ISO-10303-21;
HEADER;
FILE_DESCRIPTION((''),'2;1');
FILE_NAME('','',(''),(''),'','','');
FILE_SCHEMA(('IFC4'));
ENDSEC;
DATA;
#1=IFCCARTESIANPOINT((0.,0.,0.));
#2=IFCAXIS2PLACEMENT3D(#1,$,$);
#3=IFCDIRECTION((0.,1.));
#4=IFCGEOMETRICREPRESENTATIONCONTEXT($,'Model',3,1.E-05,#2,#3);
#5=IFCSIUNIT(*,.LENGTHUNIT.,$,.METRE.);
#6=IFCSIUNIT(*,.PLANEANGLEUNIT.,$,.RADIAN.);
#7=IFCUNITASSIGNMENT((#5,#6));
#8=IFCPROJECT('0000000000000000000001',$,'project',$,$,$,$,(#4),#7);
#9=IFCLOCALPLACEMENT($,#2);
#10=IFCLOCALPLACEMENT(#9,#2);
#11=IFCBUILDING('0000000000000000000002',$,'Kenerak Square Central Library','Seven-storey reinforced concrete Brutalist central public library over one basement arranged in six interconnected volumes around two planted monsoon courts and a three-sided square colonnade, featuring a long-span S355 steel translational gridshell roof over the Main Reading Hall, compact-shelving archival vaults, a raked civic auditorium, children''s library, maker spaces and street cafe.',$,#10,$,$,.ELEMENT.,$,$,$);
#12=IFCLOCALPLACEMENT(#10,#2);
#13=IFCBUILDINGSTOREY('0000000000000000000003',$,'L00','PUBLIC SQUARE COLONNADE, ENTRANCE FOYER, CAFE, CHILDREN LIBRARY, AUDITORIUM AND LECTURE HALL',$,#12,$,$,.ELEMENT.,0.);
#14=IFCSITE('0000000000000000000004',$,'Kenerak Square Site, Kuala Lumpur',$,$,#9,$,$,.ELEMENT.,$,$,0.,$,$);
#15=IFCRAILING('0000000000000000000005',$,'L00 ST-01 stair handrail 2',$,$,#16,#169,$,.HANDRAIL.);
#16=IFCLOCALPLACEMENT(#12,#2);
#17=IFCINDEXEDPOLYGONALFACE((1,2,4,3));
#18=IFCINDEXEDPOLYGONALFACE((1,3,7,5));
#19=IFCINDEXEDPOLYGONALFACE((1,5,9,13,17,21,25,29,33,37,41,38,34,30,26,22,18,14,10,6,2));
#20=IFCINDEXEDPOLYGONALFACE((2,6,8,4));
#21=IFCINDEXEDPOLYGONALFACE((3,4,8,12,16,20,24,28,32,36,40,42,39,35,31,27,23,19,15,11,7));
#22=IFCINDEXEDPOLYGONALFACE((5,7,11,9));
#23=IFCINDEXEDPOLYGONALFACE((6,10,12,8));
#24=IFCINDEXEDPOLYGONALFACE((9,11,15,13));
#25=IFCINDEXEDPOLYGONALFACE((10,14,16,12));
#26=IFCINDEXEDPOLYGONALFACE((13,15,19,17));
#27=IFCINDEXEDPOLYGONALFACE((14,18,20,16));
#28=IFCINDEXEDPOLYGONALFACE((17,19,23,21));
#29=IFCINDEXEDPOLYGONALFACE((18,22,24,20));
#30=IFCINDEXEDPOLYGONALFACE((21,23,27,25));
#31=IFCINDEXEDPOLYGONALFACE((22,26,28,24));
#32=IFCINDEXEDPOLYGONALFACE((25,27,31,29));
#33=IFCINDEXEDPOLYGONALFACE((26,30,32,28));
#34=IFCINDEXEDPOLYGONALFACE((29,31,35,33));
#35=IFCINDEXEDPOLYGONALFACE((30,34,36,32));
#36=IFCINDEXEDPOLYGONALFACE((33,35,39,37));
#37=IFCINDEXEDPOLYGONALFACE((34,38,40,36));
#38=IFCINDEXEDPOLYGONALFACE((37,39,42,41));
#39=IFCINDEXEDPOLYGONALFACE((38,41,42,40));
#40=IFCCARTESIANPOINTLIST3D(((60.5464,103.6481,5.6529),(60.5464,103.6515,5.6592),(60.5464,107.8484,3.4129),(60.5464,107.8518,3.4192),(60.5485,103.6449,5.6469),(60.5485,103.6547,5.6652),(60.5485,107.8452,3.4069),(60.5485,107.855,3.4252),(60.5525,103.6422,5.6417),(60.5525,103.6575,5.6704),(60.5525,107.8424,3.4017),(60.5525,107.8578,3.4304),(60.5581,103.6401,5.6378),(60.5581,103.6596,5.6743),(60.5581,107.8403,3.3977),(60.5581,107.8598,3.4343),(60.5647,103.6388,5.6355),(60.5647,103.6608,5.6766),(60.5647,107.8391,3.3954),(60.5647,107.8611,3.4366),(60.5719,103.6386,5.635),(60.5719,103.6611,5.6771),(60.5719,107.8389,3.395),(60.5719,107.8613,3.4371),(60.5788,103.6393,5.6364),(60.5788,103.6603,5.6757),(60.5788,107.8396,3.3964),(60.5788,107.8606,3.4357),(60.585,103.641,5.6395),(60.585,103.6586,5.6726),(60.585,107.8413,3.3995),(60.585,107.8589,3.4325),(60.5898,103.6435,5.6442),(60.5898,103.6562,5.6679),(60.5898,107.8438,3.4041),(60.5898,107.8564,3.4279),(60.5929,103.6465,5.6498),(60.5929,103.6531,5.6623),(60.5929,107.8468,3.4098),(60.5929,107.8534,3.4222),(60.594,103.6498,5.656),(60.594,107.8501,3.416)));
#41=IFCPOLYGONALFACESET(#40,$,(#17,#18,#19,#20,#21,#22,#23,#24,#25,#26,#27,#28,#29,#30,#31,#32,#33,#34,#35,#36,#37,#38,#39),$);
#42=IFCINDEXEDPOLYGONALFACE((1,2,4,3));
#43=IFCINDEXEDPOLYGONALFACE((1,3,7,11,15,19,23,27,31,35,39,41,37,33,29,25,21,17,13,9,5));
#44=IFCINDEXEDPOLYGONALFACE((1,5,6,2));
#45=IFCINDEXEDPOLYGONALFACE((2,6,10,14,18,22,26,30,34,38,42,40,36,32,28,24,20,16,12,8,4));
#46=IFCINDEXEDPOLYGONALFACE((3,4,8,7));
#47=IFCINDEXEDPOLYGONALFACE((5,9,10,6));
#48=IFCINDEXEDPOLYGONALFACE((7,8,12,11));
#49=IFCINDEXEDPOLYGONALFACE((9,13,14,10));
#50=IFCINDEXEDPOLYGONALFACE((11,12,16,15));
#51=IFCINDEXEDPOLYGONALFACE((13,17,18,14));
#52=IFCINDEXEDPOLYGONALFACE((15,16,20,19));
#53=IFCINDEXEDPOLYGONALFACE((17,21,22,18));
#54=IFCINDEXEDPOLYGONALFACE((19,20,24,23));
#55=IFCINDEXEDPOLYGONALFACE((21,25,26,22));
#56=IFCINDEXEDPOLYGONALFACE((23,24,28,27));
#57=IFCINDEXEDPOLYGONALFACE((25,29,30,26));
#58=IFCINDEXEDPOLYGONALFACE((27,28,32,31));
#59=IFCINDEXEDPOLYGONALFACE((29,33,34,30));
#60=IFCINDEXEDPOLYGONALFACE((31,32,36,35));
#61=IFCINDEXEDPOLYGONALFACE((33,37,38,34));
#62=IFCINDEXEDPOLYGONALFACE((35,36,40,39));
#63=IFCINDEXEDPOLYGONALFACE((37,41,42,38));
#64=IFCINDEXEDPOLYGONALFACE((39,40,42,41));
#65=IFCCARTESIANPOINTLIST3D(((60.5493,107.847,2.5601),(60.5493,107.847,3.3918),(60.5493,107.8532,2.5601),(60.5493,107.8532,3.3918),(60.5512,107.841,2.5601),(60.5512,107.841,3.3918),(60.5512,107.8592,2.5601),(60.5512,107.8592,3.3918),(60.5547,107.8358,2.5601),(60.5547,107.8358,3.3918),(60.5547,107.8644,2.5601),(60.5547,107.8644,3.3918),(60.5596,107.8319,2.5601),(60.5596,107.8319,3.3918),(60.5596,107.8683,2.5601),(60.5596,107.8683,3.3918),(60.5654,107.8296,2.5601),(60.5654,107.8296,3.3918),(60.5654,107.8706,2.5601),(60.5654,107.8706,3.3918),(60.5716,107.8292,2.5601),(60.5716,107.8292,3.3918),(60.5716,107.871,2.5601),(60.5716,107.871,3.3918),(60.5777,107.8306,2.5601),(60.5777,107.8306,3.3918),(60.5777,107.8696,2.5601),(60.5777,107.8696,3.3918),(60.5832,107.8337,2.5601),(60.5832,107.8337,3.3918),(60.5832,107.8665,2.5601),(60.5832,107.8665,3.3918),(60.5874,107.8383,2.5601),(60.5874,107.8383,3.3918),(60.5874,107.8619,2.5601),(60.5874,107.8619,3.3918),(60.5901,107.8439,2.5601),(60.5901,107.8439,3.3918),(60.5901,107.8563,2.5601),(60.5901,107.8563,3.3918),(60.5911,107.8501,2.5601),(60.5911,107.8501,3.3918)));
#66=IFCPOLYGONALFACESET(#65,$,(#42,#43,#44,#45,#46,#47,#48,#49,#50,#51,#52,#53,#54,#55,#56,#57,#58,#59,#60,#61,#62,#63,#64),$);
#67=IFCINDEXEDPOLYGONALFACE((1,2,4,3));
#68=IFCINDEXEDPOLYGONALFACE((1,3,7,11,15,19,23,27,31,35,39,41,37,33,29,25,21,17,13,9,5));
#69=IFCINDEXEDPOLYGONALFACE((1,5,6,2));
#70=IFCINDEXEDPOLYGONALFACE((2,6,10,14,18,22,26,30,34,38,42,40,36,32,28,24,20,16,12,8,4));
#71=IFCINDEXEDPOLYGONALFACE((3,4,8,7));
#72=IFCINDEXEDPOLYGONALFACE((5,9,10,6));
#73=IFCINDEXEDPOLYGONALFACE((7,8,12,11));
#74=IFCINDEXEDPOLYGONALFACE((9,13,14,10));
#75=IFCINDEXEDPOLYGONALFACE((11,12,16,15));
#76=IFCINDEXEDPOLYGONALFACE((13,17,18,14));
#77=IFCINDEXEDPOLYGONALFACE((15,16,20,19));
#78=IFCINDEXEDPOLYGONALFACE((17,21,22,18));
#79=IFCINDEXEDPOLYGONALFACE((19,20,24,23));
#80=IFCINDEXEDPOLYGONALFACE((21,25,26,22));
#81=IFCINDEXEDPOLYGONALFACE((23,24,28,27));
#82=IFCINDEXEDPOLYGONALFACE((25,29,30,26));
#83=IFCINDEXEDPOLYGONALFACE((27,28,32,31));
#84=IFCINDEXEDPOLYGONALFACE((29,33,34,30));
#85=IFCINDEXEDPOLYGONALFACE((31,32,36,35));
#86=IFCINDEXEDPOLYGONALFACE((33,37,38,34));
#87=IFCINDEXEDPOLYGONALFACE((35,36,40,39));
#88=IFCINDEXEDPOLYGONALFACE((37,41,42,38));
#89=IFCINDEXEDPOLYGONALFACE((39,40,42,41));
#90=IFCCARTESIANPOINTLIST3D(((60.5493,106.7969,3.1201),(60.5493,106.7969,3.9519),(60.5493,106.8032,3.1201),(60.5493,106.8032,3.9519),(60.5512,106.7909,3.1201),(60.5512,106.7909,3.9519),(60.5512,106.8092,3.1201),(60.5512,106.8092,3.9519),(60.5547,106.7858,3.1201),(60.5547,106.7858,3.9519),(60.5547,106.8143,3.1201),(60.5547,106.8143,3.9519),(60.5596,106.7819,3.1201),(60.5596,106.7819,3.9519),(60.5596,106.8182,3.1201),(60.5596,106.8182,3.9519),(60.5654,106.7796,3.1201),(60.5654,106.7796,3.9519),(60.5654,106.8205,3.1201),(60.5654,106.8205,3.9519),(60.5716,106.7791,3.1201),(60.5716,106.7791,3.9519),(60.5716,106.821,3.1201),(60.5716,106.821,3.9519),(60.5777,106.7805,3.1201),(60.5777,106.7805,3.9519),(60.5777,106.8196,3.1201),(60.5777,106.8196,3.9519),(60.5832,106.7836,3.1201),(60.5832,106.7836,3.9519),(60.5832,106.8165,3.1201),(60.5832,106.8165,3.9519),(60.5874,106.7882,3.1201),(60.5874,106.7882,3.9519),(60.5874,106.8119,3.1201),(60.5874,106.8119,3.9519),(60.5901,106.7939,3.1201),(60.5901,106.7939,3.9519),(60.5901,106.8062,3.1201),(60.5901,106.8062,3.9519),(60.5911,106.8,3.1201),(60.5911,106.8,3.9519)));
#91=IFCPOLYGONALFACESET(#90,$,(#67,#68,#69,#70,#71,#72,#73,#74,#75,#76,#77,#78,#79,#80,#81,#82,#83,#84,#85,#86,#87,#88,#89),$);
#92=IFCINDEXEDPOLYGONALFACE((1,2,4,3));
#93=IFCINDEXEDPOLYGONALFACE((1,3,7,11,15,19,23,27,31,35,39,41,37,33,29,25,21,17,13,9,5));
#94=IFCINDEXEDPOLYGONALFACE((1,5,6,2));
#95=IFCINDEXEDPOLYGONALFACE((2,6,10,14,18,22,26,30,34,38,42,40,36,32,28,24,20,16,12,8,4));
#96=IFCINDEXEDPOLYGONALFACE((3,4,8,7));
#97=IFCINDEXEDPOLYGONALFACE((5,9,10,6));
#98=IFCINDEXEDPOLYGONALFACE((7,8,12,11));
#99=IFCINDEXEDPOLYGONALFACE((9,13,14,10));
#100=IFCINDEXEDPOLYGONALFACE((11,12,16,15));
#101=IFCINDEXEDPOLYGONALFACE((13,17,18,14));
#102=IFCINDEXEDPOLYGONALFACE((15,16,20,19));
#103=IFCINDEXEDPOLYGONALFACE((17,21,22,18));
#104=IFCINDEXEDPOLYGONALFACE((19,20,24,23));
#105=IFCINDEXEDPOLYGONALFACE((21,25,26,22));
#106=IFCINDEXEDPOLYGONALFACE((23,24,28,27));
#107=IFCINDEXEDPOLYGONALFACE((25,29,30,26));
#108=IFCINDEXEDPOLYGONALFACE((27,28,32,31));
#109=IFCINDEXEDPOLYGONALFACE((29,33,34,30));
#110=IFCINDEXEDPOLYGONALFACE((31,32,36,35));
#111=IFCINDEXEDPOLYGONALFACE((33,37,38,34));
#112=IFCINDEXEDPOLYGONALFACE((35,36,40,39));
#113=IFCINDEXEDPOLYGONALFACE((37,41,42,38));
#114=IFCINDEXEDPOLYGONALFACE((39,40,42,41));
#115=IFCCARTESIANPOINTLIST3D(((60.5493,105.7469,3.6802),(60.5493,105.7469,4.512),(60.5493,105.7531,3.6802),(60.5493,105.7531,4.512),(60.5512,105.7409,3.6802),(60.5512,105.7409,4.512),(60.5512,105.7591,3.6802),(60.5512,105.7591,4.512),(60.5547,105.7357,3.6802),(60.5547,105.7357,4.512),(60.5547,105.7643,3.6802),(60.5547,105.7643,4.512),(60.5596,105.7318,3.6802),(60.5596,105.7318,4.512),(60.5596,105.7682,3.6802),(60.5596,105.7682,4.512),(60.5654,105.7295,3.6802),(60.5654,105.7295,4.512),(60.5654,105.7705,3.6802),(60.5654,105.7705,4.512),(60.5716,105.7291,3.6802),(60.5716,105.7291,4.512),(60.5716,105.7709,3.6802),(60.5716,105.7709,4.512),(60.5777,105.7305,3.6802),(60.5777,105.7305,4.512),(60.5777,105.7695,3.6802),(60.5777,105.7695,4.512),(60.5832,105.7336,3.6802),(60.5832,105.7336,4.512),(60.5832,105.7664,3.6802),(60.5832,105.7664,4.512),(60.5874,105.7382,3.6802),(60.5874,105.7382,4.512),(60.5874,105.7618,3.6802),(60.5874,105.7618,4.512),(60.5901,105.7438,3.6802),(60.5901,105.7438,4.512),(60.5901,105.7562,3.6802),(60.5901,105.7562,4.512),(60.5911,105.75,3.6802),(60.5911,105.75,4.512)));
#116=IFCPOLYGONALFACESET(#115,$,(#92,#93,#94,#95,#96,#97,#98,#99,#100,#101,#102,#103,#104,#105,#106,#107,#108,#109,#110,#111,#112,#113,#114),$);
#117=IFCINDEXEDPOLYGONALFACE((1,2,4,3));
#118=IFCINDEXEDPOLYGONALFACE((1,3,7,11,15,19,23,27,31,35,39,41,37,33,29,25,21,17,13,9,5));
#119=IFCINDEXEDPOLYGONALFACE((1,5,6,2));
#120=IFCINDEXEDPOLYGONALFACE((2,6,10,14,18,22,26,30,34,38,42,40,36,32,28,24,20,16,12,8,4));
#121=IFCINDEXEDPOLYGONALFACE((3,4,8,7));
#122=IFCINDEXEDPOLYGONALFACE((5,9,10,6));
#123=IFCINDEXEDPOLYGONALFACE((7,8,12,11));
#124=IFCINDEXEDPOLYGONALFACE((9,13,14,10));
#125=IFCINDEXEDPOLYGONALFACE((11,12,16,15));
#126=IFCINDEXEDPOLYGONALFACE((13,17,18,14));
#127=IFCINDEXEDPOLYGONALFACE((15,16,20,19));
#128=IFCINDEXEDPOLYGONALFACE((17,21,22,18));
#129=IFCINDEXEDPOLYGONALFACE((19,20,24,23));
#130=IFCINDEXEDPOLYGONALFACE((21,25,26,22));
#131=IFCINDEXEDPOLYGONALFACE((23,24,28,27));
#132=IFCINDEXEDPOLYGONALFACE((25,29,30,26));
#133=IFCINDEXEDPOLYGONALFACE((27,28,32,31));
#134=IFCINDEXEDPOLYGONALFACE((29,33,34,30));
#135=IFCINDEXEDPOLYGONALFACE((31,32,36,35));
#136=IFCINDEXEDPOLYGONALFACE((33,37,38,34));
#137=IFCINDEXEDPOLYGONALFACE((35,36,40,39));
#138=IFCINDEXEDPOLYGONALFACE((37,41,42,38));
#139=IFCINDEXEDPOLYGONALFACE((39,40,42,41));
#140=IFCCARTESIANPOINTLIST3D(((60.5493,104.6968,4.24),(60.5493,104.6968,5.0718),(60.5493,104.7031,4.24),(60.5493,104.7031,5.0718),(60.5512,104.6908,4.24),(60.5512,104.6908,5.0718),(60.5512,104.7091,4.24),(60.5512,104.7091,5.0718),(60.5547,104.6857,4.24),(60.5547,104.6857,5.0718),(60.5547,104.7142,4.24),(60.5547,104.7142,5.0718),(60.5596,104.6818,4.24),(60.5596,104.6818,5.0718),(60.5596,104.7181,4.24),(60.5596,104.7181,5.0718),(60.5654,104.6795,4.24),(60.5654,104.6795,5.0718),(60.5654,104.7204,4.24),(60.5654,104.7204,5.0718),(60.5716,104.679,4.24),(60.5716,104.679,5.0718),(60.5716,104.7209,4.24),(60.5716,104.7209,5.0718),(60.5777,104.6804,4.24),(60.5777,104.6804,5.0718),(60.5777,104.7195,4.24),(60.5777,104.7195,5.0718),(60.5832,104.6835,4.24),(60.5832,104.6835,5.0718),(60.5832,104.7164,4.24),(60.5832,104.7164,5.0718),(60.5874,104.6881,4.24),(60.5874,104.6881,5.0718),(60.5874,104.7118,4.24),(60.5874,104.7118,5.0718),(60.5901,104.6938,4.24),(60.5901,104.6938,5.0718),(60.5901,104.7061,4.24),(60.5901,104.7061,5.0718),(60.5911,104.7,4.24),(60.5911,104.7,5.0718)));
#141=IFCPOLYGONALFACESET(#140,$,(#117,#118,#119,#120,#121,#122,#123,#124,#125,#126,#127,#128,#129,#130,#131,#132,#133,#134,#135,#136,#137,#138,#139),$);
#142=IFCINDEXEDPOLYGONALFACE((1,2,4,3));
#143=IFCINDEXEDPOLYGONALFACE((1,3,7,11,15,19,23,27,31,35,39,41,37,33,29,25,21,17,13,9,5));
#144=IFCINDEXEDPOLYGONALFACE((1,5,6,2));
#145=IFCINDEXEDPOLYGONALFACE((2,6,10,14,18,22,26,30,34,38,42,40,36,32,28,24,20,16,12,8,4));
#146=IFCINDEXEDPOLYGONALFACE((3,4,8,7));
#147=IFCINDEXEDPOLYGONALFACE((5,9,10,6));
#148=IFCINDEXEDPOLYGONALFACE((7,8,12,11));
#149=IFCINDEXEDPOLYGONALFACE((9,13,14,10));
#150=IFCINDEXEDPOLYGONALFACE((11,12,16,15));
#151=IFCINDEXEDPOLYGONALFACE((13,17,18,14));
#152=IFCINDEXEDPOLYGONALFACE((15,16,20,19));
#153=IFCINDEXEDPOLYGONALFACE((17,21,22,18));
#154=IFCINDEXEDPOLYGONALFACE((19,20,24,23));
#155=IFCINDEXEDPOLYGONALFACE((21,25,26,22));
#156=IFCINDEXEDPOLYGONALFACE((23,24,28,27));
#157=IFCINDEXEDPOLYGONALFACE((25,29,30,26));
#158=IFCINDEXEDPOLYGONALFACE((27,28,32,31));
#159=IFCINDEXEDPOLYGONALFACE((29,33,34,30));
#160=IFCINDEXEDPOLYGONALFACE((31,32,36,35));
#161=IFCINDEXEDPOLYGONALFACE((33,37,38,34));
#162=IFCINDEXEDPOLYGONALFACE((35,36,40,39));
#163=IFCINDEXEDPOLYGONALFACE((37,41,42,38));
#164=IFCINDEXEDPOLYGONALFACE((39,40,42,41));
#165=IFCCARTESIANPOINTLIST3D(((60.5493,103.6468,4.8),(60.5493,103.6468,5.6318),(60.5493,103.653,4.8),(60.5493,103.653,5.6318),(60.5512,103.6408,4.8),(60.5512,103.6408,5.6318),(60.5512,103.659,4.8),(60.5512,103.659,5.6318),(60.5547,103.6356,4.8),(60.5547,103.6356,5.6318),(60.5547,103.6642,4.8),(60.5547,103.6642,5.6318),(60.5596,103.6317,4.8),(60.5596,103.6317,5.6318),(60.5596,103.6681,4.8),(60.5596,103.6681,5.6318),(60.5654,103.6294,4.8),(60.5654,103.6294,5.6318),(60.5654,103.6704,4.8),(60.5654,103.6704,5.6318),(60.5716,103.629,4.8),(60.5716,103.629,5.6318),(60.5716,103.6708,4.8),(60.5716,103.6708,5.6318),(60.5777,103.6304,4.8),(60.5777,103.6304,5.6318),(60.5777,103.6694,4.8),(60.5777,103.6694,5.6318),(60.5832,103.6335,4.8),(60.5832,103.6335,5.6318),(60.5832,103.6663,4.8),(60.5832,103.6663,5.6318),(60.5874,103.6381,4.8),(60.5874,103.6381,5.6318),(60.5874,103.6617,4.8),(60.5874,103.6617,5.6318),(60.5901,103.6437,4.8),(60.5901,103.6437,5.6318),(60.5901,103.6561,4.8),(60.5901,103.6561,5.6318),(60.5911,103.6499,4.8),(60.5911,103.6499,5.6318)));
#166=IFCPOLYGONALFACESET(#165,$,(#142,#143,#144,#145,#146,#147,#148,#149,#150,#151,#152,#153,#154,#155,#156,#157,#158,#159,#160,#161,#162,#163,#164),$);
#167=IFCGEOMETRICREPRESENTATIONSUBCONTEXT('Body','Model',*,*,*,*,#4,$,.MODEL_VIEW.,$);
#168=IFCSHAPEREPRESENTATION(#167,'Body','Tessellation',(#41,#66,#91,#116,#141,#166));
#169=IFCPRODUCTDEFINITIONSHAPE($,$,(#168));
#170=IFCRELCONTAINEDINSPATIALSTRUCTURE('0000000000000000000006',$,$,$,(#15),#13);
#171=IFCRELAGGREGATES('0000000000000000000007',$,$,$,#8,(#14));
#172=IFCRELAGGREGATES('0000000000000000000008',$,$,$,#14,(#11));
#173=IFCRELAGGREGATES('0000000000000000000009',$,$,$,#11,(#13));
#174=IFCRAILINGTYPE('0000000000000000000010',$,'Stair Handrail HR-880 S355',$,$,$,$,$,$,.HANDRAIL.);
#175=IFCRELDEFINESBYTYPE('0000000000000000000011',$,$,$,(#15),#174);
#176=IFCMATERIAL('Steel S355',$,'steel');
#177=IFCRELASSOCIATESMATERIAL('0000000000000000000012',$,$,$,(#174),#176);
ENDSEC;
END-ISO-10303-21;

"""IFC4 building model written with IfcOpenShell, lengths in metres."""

from ifc_helpers import new_model, si_unit, direction, frame, origin, origin_2d, place, context, subcontext, project, spatial, circle, extrude, material, type_object, element, save


model = new_model("IFC4")

# Units and contexts
model_context = context("Model", 3, precision=1e-05, world=origin(), true_north=direction((0.0, 1.0)))
body_context = subcontext(model_context, "Body", "Model", "MODEL_VIEW")
ifc_project = project(units=[si_unit("LENGTHUNIT", "METRE"), si_unit("PLANEANGLEUNIT", "RADIAN")], contexts=[model_context])

# Site, building, storey
site_placement = place(None, origin())
site = spatial("IfcSite", under=ifc_project, at=site_placement, Name="Kenerak Square Site, Kuala Lumpur", CompositionType="ELEMENT", RefElevation=0.0)
building_placement = place(site_placement, origin())
building = spatial("IfcBuilding", under=site, at=building_placement, Name="Kenerak Square Central Library", Description="Seven-storey reinforced concrete Brutalist central public library over one basement arranged in six interconnected volumes around two planted monsoon courts and a three-sided square colonnade, featuring a long-span S355 steel translational gridshell roof over the Main Reading Hall, compact-shelving archival vaults, a raked civic auditorium, children's library, maker spaces and street cafe.", CompositionType="ELEMENT")
storey_placement = place(building_placement, origin())
storey = spatial("IfcBuildingStorey", under=building, at=storey_placement, Name="L00", Description="PUBLIC SQUARE COLONNADE, ENTRANCE FOYER, CAFE, CHILDREN LIBRARY, AUDITORIUM AND LECTURE HALL", CompositionType="ELEMENT", Elevation=0.0)

# Shared definitions
ifc_material_1 = material(Name="Steel S355", Category="steel")

# Railing
railing_type_1 = type_object("IfcRailingType", Name="Stair Handrail HR-880 S355", PredefinedType="HANDRAIL", material=ifc_material_1)
railing_1_placement = place(storey_placement, frame((60.5701, 107.8501, 2.5601)))
element("IfcRailing", 1, at=railing_1_placement, inside=storey, type_object=railing_type_1, Name="L00 ST-01 stair handrail 2", PredefinedType="HANDRAIL", context=body_context, shape_type="SweptSolid", body=[
    extrude(circle(Radius=0.0239, at=origin_2d()), frame((0.0, 0.0, 0.856), z_axis=(0.0, -0.882363, 0.47057), x_axis=(1.0, 0.0, 0.0)), (0.0, 0.0, 1.0), 4.7603),
    extrude(circle(Radius=0.021, at=origin_2d()), origin(), (0.0, 0.0, 1.0), 0.8318),
    extrude(circle(Radius=0.021, at=origin_2d()), frame((0.0, -1.05, 0.5601)), (0.0, 0.0, 1.0), 0.8318),
    extrude(circle(Radius=0.021, at=origin_2d()), frame((0.0, -2.1001, 1.1201)), (0.0, 0.0, 1.0), 0.8318),
    extrude(circle(Radius=0.021, at=origin_2d()), frame((0.0, -3.1501, 1.6799)), (0.0, 0.0, 1.0), 0.8318),
    extrude(circle(Radius=0.021, at=origin_2d()), frame((0.0, -4.2002, 2.24)), (0.0, 0.0, 1.0), 0.8318),
])

save(model, "model.ifc")
